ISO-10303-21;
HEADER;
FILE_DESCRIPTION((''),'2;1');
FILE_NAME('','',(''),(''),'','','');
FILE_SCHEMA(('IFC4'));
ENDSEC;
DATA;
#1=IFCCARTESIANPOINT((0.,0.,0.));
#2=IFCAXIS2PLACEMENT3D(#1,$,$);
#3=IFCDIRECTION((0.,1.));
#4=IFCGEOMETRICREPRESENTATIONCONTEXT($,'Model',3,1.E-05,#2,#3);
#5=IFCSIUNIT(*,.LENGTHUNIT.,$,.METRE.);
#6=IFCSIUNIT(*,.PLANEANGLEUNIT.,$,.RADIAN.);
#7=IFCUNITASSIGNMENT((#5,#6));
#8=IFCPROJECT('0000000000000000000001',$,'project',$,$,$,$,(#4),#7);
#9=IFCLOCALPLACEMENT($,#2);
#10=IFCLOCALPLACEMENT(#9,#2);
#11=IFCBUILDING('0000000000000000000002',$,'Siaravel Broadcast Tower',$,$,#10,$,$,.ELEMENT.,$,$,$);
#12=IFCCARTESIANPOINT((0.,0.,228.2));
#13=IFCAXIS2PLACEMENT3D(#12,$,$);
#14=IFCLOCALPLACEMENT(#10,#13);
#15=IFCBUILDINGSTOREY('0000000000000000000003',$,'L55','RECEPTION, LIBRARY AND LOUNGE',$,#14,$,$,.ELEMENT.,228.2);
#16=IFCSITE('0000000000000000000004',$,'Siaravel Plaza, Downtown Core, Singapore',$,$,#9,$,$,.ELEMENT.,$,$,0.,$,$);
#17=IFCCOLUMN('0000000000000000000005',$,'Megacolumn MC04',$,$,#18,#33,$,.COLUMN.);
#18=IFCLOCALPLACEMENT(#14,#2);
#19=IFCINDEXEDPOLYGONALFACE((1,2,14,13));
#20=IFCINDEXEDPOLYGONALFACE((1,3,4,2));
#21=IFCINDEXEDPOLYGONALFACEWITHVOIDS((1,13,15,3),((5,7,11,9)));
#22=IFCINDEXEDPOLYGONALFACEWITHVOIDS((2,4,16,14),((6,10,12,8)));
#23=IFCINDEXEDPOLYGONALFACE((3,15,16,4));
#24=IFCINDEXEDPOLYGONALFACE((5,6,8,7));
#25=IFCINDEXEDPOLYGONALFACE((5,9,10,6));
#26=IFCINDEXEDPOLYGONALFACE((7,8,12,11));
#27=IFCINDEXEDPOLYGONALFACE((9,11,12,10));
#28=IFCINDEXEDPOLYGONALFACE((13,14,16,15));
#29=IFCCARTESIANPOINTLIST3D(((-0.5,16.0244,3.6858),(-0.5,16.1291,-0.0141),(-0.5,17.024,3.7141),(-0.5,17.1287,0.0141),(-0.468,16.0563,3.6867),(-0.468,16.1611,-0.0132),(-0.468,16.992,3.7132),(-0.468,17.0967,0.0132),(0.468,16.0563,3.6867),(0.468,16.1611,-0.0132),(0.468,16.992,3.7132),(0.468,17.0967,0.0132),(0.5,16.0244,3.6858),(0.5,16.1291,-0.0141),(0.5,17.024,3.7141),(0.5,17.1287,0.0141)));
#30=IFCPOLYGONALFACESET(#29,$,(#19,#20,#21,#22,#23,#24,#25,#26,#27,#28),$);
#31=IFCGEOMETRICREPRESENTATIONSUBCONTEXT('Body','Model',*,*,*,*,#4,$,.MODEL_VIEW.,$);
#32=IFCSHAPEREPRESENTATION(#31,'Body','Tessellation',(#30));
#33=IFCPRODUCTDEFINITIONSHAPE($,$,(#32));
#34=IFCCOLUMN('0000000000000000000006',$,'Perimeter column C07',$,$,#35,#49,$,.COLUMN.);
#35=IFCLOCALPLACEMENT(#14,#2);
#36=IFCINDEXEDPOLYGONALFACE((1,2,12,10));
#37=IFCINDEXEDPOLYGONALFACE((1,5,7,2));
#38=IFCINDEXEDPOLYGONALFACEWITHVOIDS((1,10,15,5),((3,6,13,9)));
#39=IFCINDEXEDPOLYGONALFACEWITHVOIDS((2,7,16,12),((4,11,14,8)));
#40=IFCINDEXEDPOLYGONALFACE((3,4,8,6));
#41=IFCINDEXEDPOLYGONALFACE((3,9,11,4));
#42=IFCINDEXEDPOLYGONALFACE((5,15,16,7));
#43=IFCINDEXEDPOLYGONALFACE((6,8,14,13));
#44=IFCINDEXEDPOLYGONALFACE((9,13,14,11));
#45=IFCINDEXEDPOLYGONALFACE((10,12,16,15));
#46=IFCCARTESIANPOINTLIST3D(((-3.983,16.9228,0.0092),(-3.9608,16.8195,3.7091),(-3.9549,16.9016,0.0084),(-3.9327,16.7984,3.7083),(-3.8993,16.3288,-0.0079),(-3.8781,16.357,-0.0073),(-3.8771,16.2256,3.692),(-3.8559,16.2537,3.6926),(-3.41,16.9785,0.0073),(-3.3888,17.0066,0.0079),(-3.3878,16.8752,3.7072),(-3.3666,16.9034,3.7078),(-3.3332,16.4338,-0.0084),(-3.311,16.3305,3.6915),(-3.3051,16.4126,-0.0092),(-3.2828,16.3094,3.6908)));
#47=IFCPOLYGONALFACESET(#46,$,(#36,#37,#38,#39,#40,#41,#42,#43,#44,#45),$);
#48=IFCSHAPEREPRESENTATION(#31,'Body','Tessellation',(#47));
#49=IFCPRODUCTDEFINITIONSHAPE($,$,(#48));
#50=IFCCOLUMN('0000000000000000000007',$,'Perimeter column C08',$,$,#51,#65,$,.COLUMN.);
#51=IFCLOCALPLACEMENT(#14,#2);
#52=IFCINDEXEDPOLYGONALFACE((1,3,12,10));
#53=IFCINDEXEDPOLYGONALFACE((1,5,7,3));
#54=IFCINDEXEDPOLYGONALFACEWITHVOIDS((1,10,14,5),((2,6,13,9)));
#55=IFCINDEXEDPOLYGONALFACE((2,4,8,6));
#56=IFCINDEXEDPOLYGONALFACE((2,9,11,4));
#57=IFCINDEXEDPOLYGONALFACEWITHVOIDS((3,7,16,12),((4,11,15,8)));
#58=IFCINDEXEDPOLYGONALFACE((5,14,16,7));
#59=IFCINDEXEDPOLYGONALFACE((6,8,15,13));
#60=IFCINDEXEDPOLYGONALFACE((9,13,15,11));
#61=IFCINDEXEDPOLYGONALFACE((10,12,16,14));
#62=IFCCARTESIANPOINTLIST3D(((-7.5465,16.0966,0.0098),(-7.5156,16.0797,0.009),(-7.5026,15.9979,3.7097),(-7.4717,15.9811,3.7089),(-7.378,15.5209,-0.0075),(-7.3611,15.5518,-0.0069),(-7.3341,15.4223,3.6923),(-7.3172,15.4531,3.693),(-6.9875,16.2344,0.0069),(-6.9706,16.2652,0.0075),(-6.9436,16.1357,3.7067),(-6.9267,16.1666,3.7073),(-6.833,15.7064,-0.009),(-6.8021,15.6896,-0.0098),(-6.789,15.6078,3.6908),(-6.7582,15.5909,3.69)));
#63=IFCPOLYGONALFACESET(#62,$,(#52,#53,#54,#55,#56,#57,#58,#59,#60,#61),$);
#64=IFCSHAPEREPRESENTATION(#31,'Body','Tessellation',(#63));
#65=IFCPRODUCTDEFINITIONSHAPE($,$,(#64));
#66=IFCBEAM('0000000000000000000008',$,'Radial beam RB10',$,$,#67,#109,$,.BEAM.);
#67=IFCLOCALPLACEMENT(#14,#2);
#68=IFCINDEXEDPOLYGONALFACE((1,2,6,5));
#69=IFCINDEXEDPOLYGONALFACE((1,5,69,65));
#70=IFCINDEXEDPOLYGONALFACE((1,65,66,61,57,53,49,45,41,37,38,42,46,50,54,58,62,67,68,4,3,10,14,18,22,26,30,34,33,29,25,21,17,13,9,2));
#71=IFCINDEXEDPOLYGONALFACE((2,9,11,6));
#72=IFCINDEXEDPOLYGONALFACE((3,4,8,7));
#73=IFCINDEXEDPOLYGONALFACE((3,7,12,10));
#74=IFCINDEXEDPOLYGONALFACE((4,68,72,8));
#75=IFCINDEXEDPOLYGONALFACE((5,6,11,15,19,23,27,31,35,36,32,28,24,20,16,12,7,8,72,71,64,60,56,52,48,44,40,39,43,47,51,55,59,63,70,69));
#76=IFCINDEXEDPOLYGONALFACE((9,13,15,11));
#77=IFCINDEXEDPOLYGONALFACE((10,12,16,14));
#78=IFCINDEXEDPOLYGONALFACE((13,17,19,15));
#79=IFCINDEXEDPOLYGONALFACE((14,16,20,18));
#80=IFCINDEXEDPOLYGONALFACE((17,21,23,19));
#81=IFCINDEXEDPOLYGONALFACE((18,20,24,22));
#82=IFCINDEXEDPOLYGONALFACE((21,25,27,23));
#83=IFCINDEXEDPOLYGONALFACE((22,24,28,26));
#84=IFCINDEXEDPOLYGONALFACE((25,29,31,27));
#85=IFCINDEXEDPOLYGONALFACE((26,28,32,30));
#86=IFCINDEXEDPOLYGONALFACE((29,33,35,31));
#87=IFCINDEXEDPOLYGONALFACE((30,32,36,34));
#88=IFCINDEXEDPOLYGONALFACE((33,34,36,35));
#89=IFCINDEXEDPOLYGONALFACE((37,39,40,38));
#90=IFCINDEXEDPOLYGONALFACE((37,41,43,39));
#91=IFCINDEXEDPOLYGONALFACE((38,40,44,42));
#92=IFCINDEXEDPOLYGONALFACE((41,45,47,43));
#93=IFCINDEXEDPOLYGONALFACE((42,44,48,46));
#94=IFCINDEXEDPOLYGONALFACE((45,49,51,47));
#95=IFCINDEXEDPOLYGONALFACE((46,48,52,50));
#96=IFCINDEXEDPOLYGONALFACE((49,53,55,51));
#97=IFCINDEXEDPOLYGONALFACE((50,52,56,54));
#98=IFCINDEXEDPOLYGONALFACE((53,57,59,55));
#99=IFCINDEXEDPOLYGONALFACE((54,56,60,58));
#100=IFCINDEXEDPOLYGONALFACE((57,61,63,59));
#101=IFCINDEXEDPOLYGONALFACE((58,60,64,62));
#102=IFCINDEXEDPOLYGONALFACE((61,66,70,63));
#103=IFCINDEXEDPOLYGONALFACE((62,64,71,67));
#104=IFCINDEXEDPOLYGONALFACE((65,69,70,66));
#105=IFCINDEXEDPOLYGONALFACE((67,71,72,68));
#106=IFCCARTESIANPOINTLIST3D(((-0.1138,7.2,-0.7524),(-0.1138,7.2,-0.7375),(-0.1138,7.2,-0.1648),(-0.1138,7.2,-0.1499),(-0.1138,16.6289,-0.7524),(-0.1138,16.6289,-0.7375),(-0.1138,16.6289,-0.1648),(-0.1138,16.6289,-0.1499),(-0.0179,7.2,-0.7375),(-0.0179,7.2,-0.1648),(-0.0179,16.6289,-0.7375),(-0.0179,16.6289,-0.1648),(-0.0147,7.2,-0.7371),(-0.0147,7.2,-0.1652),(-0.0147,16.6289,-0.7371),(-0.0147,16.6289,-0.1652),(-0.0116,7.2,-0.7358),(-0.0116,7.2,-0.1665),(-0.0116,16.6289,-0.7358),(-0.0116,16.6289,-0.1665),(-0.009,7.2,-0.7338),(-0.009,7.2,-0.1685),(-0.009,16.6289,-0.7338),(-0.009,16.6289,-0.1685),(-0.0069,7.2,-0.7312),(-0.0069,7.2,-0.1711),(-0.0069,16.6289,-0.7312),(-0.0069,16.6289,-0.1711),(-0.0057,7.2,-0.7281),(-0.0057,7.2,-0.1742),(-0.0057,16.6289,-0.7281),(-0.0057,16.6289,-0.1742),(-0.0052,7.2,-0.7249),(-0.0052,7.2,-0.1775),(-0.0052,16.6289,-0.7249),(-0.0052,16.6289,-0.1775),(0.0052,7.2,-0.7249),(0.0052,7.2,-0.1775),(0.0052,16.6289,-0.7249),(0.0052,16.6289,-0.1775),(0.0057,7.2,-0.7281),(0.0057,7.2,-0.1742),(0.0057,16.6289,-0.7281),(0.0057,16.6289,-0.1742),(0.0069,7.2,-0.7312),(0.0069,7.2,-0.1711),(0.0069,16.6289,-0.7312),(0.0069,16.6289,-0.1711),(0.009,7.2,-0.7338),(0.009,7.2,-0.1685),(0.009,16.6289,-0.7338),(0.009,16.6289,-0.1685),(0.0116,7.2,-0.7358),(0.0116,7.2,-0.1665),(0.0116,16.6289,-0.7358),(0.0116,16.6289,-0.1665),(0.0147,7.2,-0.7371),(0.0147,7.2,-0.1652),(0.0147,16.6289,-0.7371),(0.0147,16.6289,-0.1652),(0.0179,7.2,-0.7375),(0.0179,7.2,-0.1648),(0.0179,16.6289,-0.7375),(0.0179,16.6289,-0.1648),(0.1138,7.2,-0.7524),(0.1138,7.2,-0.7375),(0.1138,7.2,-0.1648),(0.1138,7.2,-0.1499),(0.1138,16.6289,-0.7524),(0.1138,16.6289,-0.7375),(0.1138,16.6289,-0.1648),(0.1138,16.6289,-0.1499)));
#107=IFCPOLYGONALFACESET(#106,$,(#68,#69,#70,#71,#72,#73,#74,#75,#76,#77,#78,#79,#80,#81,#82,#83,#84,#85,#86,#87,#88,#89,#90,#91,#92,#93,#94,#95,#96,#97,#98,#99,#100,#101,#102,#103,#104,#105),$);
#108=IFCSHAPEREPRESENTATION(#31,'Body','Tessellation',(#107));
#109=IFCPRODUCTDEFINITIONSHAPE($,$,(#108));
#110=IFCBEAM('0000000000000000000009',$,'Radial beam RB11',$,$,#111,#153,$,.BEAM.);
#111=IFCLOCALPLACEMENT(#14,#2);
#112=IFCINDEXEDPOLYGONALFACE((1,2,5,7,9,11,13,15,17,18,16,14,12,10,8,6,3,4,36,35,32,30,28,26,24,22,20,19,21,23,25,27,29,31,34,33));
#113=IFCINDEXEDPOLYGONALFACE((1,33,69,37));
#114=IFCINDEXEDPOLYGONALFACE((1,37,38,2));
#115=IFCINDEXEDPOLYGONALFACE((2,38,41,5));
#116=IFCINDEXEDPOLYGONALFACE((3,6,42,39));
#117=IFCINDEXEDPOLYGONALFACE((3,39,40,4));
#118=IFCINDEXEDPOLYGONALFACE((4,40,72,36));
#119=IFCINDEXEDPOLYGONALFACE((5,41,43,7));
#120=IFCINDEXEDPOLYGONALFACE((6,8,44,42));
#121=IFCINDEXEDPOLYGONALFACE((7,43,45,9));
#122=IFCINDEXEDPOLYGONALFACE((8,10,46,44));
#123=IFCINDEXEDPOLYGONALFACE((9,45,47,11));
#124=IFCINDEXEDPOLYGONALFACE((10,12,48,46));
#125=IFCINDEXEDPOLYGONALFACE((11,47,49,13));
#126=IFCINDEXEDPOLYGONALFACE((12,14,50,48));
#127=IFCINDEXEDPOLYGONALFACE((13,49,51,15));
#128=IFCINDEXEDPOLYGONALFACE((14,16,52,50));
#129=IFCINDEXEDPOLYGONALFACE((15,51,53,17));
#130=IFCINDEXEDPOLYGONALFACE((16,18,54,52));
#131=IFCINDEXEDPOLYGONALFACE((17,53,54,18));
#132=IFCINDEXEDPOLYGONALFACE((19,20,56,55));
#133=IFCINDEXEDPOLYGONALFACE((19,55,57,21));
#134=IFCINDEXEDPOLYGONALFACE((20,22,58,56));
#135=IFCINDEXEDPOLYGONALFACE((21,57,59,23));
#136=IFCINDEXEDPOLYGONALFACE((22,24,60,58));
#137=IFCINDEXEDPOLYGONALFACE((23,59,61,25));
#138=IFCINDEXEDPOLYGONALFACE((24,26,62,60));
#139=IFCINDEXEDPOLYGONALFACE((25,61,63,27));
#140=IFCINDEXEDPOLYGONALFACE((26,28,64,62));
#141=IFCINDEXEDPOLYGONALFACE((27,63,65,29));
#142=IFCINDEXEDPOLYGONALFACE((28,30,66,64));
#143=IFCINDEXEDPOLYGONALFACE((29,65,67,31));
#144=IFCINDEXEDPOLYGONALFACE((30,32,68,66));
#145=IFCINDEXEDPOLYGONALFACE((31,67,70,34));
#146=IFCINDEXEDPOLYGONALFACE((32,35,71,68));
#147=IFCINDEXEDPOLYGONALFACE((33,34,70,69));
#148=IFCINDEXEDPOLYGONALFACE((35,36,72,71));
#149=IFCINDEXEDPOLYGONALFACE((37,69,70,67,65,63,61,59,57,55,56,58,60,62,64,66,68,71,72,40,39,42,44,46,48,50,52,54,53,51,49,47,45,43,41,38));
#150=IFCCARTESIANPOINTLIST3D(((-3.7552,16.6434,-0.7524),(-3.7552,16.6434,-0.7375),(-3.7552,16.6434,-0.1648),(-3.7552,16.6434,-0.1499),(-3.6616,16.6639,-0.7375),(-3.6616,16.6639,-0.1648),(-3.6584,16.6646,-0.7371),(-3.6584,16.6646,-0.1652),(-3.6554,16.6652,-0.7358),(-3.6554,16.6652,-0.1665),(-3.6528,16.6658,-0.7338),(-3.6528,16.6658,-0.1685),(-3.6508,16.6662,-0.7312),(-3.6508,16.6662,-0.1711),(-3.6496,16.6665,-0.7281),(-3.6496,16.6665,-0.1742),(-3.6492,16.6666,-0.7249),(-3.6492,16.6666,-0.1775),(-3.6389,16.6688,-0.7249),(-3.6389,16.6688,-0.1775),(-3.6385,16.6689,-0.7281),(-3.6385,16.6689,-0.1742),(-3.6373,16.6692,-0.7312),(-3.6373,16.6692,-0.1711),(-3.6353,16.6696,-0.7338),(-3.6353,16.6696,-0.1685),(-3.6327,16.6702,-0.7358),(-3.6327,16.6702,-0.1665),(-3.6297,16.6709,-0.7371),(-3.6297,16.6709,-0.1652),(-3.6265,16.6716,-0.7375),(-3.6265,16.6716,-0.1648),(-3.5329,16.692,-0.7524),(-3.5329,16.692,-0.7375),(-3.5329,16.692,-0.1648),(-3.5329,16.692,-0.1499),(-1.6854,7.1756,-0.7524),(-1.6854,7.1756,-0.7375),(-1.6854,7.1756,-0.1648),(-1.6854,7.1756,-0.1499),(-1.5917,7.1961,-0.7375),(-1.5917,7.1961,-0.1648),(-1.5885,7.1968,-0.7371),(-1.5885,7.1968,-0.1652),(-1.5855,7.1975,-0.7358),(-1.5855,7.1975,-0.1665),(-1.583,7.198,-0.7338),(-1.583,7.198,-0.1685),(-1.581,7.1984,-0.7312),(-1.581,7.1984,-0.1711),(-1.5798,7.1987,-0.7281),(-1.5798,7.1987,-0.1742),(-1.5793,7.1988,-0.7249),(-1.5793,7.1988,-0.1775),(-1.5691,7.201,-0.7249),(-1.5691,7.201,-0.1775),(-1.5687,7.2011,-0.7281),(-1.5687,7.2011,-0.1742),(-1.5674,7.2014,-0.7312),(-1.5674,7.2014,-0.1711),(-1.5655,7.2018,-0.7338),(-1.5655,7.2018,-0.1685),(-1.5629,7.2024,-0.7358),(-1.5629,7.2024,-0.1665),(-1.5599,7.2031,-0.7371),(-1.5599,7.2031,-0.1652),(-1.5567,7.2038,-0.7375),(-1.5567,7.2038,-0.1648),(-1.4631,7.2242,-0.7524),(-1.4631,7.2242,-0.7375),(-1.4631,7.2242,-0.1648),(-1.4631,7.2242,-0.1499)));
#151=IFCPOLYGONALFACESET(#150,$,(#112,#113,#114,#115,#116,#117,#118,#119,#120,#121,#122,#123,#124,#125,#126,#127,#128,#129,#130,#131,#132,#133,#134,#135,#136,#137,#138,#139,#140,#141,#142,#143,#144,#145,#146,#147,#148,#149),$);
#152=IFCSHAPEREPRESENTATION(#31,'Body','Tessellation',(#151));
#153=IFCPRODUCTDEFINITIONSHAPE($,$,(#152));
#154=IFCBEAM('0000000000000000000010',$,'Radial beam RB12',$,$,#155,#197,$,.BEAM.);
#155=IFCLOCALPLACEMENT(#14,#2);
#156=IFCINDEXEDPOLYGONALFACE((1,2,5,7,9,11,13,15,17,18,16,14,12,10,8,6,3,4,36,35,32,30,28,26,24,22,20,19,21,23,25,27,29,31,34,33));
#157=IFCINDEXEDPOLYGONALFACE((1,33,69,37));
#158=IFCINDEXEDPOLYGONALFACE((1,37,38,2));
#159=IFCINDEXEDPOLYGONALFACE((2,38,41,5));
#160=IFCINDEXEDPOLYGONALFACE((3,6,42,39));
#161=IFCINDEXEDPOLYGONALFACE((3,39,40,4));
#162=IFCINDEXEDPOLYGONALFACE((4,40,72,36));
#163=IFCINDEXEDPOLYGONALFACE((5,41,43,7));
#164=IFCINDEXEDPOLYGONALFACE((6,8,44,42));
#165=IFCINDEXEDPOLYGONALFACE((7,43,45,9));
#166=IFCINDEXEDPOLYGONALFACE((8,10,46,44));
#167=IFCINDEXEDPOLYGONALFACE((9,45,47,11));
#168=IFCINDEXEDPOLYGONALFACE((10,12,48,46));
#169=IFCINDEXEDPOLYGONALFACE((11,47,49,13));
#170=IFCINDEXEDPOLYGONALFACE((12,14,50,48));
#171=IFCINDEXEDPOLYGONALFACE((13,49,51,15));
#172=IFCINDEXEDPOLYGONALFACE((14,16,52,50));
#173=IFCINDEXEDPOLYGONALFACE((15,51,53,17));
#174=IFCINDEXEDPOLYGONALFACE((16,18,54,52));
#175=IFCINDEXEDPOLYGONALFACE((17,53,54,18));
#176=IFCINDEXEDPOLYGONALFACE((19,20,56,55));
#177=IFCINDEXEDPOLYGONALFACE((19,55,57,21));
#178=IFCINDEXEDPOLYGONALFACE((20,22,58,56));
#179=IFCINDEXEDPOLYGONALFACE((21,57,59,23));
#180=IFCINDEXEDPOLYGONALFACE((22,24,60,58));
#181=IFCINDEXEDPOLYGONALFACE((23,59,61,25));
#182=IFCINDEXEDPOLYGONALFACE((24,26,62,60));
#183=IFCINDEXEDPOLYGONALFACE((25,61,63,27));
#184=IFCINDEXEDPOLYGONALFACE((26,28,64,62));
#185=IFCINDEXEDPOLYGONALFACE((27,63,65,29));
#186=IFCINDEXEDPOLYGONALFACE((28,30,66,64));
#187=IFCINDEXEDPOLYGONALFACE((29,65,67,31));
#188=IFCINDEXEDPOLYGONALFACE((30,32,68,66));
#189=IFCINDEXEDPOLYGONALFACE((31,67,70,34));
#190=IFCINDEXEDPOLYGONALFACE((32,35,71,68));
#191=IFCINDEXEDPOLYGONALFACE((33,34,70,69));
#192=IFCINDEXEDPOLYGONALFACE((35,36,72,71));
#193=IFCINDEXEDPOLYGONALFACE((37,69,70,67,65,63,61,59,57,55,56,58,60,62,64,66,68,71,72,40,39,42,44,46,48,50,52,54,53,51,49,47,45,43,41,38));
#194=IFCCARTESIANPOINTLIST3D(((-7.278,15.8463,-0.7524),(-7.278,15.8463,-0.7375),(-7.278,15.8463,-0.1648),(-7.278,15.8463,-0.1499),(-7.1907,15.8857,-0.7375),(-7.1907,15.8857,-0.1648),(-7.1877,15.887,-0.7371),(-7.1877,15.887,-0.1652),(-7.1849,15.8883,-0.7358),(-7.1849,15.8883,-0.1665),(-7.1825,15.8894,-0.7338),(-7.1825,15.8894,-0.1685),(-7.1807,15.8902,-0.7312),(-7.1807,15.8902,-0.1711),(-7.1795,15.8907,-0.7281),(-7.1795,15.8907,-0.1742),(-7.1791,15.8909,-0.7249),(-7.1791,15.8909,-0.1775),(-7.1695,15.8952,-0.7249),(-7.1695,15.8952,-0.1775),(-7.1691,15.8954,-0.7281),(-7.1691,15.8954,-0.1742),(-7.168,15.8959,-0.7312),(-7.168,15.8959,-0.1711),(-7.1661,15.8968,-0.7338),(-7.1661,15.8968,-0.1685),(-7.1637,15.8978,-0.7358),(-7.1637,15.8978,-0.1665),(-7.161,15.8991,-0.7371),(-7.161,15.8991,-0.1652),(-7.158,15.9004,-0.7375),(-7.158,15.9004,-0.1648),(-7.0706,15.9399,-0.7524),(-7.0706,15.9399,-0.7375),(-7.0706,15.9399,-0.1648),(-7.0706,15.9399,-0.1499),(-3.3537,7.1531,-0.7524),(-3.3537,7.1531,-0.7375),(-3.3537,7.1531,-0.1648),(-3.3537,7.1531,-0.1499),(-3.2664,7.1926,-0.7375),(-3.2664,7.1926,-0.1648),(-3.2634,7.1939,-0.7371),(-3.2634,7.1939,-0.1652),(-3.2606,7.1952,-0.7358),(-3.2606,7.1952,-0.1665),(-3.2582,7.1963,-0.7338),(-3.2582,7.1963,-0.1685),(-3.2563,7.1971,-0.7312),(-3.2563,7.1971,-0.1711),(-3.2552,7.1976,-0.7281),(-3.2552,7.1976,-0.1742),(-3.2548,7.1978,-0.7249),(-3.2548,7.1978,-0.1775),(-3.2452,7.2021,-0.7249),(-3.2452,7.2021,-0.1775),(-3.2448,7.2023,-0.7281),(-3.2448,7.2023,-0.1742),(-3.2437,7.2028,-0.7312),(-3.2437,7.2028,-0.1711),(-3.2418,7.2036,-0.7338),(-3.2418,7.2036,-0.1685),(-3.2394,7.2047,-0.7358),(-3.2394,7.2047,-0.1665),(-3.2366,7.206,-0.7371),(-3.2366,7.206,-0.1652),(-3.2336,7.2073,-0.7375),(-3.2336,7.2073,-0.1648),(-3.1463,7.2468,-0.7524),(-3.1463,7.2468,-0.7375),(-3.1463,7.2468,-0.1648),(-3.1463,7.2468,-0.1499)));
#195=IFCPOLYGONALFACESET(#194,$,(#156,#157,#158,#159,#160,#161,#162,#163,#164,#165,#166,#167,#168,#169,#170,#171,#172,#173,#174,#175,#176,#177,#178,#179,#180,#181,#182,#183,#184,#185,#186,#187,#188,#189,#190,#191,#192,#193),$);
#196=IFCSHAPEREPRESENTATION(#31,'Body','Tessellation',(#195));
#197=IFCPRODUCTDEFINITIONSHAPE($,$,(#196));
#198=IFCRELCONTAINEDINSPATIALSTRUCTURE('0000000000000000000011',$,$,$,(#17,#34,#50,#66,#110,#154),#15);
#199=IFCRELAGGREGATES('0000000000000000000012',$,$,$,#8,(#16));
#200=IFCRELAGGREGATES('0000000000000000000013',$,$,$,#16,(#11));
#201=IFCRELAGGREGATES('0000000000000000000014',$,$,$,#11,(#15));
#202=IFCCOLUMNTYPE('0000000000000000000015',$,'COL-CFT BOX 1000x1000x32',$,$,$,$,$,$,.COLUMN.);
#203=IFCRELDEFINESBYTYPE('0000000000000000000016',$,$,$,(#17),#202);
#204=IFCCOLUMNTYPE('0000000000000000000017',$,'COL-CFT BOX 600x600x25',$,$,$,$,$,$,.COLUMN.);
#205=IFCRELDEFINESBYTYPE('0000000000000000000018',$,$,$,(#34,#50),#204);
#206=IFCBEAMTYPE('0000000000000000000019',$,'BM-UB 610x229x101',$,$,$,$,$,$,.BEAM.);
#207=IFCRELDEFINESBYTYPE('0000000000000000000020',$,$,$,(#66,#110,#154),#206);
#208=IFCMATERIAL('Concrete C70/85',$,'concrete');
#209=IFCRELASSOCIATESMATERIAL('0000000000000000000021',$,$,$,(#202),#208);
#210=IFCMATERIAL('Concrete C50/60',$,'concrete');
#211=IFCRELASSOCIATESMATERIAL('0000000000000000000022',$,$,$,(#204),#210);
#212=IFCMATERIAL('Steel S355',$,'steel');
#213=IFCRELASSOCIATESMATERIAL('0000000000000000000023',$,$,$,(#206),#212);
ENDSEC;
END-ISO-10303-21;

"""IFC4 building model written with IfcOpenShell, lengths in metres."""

from ifc_helpers import new_model, si_unit, direction, frame, origin, origin_2d, place, context, subcontext, project, spatial, hollow_rectangle, i_section, extrude, material, material_profile, profile_set, type_object, element, save


model = new_model("IFC4")

# Units and contexts
model_context = context("Model", 3, precision=1e-05, world=origin(), true_north=direction((0.0, 1.0)))
body_context = subcontext(model_context, "Body", "Model", "MODEL_VIEW")
ifc_project = project(units=[si_unit("LENGTHUNIT", "METRE"), si_unit("PLANEANGLEUNIT", "RADIAN")], contexts=[model_context])

# Site, building, storey
site_placement = place(None, origin())
site = spatial("IfcSite", under=ifc_project, at=site_placement, Name="Siaravel Plaza, Downtown Core, Singapore", CompositionType="ELEMENT", RefElevation=0.0)
building_placement = place(site_placement, origin())
building = spatial("IfcBuilding", under=site, at=building_placement, Name="Siaravel Broadcast Tower", CompositionType="ELEMENT")
storey_placement = place(building_placement, frame((0.0, 0.0, 228.2)))
storey = spatial("IfcBuildingStorey", under=building, at=storey_placement, Name="L55", Description="RECEPTION, LIBRARY AND LOUNGE", CompositionType="ELEMENT", Elevation=228.2)

# Columns
ifc_material_1 = material(Name="Concrete C70/85", Category="concrete")
ifc_material_profile_1 = material_profile(ifc_material_1, hollow_rectangle(XDim=1.0, YDim=1.0, WallThickness=0.032, at=origin_2d()))
ifc_profile_set_1 = profile_set([ifc_material_profile_1], Name="Concrete C70/85")
column_type_1 = type_object("IfcColumnType", Name="COL-CFT BOX 1000x1000x32", PredefinedType="COLUMN", material=ifc_profile_set_1)
column_placement = place(storey_placement, frame((0.0, 16.6289, 0.0), z_axis=(0.0, -0.028296, 0.9996), x_axis=(1.0, 0.0, 0.0)))
element("IfcColumn", 1, at=column_placement, inside=storey, type_object=column_type_1, Name="Megacolumn MC04", PredefinedType="COLUMN", context=body_context, shape_type="SweptSolid", body=[
    extrude(hollow_rectangle(XDim=1.0, YDim=1.0, WallThickness=0.032, at=origin_2d()), origin(), (0.0, 0.0, 1.0), 3.7014),
])
ifc_material_2 = material(Name="Concrete C50/60", Category="concrete")
ifc_material_profile_2 = material_profile(ifc_material_2, hollow_rectangle(XDim=0.6001, YDim=0.6001, WallThickness=0.0249, at=origin_2d()))
ifc_profile_set_2 = profile_set([ifc_material_profile_2], Name="Concrete C50/60")
column_type_2 = type_object("IfcColumnType", Name="COL-CFT BOX 600x600x25", PredefinedType="COLUMN", material=ifc_profile_set_2)
for number, where, z_axis, x_axis, name in (
    (2, (-3.644, 16.6677, 0.0), (0.006002, -0.0279, 0.999593), (0.990196, 0.139668, -0.002047), "Perimeter column C07"),
    (3, (-7.1743, 15.8931, 0.0), (0.011872, -0.026647, 0.999574), (0.959679, 0.281072, -0.003906), "Perimeter column C08"),
):
    element("IfcColumn", number, at=place(storey_placement, frame(where, z_axis=z_axis, x_axis=x_axis)), inside=storey, type_object=column_type_2, Name=name, PredefinedType="COLUMN", context=body_context, shape_type="SweptSolid", body=[
        extrude(hollow_rectangle(XDim=0.6001, YDim=0.6001, WallThickness=0.0249, at=origin_2d()), origin(), (0.0, 0.0, 1.0), 3.7014),
    ])

# Beams
ifc_material_3 = material(Name="Steel S355", Category="steel")
ifc_material_profile_3 = material_profile(ifc_material_3, i_section(OverallWidth=0.2275, OverallDepth=0.6025, WebThickness=0.0105, FlangeThickness=0.0149, FilletRadius=0.0127, at=origin_2d()))
ifc_profile_set_3 = profile_set([ifc_material_profile_3], Name="Steel S355")
beam_type = type_object("IfcBeamType", Name="BM-UB 610x229x101", PredefinedType="BEAM", material=ifc_profile_set_3)
beam_1_placement = place(storey_placement, frame((0.0, 16.6289, -0.4512), z_axis=(0.0, -1.0, 0.0), x_axis=(1.0, 0.0, 0.0)))
element("IfcBeam", 4, at=beam_1_placement, inside=storey, type_object=beam_type, Name="Radial beam RB10", PredefinedType="BEAM", context=body_context, shape_type="SweptSolid", body=[
    extrude(i_section(OverallWidth=0.2275, OverallDepth=0.6025, WebThickness=0.0105, FlangeThickness=0.0149, FilletRadius=0.0127, at=origin_2d()), origin(), (0.0, 0.0, 1.0), 9.429),
])
beam_2_placement = place(storey_placement, frame((-3.644, 16.6677, -0.4512), z_axis=(0.213574, -0.976927, 0.0), x_axis=(0.976927, 0.213574, 0.0)))
element("IfcBeam", 5, at=beam_2_placement, inside=storey, type_object=beam_type, Name="Radial beam RB11", PredefinedType="BEAM", context=body_context, shape_type="SweptSolid", body=[
    extrude(i_section(OverallWidth=0.2275, OverallDepth=0.6025, WebThickness=0.0105, FlangeThickness=0.0149, FilletRadius=0.0127, at=origin_2d()), origin(), (0.0, 0.0, 1.0), 9.6914),
])
beam_3_placement = place(storey_placement, frame((-7.1743, 15.8931, -0.4512), z_axis=(0.411447, -0.911434, 0.0), x_axis=(0.911434, 0.411447, 0.0)))
element("IfcBeam", 6, at=beam_3_placement, inside=storey, type_object=beam_type, Name="Radial beam RB12", PredefinedType="BEAM", context=body_context, shape_type="SweptSolid", body=[
    extrude(i_section(OverallWidth=0.2275, OverallDepth=0.6025, WebThickness=0.0105, FlangeThickness=0.0149, FilletRadius=0.0127, at=origin_2d()), origin(), (0.0, 0.0, 1.0), 9.5378),
])

save(model, "model.ifc")
